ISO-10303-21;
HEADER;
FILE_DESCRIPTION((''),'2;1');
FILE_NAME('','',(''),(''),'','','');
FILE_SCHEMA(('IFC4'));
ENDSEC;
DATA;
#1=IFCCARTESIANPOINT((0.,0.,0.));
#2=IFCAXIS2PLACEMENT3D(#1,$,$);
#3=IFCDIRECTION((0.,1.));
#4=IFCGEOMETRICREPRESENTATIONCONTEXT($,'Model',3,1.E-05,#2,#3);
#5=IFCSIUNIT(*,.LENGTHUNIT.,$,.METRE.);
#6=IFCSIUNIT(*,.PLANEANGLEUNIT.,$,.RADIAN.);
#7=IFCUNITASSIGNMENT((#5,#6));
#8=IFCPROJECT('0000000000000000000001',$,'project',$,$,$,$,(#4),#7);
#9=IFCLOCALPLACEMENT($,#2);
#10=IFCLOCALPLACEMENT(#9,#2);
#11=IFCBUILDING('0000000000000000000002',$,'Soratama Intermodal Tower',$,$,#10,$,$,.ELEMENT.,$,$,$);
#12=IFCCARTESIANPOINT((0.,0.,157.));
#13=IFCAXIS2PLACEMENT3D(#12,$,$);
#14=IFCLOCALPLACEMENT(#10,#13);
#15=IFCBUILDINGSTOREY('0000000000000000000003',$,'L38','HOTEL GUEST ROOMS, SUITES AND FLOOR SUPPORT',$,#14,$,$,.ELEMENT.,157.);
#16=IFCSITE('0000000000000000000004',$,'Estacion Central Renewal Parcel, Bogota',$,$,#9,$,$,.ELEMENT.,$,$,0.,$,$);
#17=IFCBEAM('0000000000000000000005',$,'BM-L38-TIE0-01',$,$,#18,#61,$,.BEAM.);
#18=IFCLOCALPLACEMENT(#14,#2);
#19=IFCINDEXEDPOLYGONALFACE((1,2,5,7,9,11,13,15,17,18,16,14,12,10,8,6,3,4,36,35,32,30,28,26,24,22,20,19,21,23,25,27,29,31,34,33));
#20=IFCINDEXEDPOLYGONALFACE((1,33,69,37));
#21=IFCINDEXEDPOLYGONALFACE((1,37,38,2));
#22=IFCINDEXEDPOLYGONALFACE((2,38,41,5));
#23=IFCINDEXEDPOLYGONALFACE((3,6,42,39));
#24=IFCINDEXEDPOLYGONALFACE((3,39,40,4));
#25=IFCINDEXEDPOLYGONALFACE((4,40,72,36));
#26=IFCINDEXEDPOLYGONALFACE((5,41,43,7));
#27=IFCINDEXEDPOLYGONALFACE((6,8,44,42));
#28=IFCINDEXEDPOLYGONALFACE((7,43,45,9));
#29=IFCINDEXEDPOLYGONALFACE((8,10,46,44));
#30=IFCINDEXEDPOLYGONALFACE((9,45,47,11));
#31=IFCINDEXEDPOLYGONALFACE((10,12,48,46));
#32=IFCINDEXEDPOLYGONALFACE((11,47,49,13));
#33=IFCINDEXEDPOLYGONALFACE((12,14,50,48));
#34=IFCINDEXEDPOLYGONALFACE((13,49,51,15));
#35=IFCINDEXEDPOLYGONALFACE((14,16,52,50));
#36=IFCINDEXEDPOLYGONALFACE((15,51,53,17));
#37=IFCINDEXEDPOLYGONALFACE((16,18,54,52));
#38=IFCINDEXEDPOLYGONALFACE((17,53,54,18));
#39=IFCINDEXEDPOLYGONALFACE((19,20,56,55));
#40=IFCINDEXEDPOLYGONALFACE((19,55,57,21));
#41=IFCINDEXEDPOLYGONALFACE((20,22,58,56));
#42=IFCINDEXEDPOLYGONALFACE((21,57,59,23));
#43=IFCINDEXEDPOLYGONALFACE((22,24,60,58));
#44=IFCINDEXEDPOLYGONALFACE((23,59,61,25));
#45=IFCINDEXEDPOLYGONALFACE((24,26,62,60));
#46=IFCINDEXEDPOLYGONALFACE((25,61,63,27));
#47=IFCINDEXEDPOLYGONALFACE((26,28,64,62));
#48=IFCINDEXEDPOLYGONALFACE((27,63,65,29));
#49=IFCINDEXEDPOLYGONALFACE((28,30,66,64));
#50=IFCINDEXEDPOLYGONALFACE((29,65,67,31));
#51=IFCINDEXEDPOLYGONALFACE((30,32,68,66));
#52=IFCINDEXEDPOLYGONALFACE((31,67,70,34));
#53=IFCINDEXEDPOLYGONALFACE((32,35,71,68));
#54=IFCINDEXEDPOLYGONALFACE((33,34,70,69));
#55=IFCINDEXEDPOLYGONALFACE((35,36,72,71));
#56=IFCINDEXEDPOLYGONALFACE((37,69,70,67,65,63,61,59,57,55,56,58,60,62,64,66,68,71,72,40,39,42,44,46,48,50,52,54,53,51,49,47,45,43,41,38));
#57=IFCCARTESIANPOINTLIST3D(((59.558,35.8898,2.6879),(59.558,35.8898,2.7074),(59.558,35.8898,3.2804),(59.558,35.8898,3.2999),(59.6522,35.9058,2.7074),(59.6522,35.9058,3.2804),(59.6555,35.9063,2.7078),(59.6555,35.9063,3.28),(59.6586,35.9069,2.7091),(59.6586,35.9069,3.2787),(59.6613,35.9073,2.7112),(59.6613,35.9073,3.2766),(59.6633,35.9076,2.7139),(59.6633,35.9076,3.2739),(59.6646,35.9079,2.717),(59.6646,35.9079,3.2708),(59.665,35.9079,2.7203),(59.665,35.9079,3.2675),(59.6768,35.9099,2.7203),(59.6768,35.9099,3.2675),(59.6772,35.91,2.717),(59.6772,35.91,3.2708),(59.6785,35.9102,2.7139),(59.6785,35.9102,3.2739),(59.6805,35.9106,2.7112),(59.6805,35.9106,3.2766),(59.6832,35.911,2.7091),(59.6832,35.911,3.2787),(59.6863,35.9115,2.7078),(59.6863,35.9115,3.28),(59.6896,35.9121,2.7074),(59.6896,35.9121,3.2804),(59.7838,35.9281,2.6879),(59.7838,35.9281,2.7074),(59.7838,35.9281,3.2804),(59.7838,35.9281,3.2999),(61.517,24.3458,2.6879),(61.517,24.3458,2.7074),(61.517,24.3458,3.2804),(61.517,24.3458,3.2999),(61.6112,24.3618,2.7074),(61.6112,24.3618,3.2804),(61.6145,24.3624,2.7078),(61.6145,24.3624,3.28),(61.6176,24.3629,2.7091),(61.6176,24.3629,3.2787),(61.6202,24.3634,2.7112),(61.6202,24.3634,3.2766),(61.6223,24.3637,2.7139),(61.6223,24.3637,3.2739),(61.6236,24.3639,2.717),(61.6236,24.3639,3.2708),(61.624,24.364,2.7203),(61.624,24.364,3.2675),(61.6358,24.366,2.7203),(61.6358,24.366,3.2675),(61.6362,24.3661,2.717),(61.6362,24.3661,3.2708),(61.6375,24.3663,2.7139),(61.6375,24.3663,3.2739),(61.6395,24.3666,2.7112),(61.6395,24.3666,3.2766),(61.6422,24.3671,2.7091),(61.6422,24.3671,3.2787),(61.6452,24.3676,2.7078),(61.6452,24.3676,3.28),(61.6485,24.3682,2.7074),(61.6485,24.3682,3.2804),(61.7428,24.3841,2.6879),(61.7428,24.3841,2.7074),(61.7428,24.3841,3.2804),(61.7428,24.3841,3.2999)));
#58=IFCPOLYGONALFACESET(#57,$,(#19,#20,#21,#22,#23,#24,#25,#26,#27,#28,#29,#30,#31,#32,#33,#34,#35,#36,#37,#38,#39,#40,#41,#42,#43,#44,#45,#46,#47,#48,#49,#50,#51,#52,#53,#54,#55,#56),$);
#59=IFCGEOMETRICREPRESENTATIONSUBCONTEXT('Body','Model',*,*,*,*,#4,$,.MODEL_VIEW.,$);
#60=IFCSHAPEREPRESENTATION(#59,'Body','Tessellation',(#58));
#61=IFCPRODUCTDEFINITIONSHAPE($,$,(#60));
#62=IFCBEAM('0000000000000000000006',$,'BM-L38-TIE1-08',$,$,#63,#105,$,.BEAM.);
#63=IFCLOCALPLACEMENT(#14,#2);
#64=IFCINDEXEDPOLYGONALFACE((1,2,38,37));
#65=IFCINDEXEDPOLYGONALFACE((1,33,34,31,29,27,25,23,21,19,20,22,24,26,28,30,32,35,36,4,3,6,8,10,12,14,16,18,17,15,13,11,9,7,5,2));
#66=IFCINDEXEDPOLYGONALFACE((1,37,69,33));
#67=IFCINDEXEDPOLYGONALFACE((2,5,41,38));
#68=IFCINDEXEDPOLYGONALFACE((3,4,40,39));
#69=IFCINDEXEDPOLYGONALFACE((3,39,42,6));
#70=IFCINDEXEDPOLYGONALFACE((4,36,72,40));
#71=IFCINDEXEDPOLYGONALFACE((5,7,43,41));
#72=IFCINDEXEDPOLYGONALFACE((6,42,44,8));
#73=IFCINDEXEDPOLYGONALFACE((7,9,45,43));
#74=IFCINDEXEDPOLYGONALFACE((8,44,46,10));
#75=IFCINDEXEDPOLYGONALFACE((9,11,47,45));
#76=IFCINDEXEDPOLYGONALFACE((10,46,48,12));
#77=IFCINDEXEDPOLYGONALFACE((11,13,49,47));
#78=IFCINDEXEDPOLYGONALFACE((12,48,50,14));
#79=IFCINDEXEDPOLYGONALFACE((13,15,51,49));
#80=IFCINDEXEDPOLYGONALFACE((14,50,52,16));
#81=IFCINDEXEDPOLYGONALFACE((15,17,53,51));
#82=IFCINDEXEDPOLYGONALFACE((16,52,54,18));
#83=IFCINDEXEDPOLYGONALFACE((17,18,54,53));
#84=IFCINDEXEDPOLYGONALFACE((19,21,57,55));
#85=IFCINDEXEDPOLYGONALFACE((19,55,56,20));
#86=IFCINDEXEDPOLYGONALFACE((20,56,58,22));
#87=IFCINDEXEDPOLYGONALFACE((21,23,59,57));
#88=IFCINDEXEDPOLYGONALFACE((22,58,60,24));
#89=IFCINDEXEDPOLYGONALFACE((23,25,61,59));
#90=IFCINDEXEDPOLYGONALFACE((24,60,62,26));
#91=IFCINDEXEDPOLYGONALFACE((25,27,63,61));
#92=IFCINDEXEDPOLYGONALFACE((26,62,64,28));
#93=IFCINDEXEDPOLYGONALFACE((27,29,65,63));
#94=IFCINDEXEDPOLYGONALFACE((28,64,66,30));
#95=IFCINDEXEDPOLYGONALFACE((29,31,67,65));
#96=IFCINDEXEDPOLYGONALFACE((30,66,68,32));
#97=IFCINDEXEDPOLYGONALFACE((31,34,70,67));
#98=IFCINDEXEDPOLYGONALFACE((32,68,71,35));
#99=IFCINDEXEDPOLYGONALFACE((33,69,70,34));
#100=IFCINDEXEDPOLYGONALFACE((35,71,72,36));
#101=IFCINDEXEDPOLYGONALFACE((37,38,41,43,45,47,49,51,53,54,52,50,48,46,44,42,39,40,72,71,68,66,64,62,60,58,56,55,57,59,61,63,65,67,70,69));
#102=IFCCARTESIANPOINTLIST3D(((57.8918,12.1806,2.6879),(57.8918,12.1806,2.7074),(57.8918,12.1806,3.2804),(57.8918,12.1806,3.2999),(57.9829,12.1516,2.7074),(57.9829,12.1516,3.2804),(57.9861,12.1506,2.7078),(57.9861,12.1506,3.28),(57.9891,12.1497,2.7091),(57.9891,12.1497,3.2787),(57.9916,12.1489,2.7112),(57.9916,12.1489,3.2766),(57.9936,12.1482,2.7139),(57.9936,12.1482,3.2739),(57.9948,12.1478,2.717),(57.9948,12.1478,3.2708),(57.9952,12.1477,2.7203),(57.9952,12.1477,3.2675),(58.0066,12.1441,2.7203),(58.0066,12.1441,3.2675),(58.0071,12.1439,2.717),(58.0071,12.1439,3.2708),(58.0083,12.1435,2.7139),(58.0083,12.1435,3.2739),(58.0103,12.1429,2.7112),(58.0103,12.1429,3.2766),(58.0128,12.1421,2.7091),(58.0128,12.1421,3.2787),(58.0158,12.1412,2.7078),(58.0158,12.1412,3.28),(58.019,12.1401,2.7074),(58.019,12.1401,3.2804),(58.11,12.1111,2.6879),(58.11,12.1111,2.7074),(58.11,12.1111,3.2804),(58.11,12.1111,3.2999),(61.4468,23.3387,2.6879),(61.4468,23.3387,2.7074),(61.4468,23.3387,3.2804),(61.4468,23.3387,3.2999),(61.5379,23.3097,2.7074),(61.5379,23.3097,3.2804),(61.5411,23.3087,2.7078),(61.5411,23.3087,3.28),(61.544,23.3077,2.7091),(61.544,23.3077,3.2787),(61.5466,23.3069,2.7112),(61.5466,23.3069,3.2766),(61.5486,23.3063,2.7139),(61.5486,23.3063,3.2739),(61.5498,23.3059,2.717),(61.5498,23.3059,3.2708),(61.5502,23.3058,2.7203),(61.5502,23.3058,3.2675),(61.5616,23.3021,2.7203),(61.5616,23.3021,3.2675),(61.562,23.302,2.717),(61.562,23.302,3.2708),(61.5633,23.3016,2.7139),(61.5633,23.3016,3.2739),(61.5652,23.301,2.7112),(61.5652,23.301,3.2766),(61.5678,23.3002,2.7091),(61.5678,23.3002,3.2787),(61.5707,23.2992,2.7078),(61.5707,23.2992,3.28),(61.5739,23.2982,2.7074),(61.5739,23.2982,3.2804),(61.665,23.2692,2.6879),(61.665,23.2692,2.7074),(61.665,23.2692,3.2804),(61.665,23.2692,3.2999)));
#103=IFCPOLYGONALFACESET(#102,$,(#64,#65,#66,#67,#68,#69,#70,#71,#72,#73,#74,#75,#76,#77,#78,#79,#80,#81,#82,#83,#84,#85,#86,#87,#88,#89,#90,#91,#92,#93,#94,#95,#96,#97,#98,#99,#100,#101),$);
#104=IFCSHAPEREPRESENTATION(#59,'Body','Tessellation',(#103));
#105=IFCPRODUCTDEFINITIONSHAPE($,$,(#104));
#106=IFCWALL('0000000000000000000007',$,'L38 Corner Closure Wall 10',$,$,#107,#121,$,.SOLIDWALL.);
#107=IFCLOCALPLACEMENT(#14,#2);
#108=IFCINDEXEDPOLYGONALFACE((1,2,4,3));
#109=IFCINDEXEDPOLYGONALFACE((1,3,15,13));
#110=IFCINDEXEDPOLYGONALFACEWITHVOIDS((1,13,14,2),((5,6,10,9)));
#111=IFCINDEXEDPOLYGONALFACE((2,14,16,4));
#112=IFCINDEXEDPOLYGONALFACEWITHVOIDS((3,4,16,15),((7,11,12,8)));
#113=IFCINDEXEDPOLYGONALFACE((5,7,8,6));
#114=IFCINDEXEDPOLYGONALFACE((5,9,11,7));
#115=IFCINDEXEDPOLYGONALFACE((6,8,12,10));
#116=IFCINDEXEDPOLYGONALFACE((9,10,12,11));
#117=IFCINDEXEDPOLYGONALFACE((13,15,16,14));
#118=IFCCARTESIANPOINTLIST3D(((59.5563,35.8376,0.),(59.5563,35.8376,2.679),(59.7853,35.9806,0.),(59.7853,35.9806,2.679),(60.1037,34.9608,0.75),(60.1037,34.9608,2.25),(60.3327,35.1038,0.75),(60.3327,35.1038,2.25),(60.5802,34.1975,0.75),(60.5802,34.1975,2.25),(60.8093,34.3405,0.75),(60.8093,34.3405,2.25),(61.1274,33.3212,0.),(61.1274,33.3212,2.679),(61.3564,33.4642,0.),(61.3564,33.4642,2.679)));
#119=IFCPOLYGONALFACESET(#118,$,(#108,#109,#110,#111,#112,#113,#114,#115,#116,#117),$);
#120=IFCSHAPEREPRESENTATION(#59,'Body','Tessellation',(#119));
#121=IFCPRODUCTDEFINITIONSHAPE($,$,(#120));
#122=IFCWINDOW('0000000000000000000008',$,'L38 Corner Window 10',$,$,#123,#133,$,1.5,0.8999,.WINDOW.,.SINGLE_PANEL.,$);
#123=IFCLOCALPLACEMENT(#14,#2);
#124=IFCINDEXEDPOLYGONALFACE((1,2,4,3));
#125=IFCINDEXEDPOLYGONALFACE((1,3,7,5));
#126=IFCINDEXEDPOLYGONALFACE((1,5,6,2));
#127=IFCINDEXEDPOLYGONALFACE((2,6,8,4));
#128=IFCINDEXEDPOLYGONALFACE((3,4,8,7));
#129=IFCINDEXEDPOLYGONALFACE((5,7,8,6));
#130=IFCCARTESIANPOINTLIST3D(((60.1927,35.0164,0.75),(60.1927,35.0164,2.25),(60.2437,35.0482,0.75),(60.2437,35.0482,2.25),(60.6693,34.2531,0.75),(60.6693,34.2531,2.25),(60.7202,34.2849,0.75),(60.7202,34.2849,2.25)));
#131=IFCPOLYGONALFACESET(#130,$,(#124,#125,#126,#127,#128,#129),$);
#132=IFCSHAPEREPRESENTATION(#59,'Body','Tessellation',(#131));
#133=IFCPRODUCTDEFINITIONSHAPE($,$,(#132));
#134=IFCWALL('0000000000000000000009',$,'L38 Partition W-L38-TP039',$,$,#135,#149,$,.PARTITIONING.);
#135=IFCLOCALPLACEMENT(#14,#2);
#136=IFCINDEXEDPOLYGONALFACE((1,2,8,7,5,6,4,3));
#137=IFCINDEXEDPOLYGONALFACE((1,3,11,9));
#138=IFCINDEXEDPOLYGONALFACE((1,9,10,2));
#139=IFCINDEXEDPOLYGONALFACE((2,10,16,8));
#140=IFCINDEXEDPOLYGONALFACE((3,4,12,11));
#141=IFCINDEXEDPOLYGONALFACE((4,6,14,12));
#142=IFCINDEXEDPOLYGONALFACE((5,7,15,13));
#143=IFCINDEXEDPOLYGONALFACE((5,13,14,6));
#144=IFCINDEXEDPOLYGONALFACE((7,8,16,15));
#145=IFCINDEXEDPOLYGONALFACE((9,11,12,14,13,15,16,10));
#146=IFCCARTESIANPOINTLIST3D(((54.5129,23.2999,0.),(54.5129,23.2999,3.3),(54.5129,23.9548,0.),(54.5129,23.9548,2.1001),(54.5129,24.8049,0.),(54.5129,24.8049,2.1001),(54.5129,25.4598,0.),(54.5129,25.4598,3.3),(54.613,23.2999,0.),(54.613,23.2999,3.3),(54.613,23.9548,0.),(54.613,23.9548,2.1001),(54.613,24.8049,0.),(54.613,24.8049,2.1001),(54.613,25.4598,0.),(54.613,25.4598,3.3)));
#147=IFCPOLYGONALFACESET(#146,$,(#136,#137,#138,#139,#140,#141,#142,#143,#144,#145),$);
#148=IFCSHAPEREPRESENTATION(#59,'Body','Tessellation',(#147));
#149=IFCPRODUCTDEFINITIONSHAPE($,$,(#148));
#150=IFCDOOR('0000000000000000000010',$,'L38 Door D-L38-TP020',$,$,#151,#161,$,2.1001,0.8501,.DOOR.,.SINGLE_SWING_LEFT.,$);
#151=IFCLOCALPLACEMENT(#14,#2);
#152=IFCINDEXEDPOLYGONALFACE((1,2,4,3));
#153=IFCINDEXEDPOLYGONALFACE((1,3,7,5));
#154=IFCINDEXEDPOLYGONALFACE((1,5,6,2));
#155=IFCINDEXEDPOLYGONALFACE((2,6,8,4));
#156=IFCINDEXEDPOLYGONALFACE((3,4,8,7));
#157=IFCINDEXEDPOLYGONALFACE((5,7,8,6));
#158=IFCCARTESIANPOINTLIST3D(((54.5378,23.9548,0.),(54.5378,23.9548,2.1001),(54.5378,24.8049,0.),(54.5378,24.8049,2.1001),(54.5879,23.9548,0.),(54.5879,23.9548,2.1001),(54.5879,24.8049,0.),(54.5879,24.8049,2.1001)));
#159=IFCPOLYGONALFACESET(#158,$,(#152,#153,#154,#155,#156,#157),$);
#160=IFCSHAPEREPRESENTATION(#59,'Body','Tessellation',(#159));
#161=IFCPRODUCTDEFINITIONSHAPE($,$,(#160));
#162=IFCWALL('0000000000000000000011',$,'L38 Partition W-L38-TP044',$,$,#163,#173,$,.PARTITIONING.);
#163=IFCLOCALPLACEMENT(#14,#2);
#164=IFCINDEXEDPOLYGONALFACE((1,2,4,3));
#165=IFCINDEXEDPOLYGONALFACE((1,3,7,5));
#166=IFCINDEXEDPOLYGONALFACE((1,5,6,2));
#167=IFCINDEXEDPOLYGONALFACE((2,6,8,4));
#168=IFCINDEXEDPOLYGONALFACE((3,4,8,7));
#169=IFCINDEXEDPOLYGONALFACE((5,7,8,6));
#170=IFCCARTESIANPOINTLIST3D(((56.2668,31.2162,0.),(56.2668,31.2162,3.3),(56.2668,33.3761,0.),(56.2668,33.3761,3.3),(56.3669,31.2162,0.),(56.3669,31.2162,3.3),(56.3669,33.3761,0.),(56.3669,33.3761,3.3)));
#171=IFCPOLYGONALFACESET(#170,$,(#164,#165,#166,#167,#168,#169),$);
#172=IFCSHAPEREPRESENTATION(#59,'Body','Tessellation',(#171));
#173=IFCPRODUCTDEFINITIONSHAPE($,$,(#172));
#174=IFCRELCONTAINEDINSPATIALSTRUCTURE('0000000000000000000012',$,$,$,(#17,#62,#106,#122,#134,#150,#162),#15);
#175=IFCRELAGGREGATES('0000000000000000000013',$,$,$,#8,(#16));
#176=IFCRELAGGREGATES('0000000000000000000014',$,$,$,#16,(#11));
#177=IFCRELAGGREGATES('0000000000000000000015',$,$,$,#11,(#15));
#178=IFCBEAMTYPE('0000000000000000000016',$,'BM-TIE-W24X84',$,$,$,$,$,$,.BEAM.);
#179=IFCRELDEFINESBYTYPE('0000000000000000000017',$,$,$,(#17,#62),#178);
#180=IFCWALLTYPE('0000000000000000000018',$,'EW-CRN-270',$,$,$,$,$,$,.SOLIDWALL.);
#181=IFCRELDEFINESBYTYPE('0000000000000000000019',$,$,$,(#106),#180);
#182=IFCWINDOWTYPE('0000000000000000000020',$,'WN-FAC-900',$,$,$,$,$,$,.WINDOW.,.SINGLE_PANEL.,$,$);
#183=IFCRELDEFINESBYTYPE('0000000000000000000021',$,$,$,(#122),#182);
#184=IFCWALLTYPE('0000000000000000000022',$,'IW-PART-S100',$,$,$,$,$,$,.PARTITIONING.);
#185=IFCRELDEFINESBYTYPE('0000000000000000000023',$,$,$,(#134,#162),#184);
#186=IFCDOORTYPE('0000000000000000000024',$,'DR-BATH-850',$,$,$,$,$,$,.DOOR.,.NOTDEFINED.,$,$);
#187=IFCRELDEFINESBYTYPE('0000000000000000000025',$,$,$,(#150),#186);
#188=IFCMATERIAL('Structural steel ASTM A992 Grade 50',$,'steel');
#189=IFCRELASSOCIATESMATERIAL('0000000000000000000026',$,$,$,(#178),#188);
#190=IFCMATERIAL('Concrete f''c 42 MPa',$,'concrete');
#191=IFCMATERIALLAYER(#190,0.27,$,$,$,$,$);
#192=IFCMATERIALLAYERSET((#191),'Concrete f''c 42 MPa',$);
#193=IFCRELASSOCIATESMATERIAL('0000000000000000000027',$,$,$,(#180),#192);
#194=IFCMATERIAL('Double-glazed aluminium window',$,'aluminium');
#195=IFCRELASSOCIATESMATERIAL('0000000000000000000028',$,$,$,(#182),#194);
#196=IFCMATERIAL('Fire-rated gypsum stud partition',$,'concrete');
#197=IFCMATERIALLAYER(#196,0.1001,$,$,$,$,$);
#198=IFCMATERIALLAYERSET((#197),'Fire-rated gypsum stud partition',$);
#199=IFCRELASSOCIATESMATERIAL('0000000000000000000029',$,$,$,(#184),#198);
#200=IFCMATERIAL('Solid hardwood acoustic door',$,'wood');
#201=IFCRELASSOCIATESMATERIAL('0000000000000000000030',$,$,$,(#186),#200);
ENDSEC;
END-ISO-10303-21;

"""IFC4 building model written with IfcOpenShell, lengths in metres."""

from ifc_helpers import new_model, si_unit, direction, frame, frame_2d, origin, origin_2d, place, context, subcontext, project, spatial, rectangle, i_section, extrude, material, layer, layer_set, material_profile, profile_set, type_object, element, fill, save


model = new_model("IFC4")

# Units and contexts
model_context = context("Model", 3, precision=1e-05, world=origin(), true_north=direction((0.0, 1.0)))
body_context = subcontext(model_context, "Body", "Model", "MODEL_VIEW")
ifc_project = project(units=[si_unit("LENGTHUNIT", "METRE"), si_unit("PLANEANGLEUNIT", "RADIAN")], contexts=[model_context])

# Site, building, storey
site_placement = place(None, origin())
site = spatial("IfcSite", under=ifc_project, at=site_placement, Name="Estacion Central Renewal Parcel, Bogota", CompositionType="ELEMENT", RefElevation=0.0)
building_placement = place(site_placement, origin())
building = spatial("IfcBuilding", under=site, at=building_placement, Name="Soratama Intermodal Tower", CompositionType="ELEMENT")
storey_placement = place(building_placement, frame((0.0, 0.0, 157.0)))
storey = spatial("IfcBuildingStorey", under=building, at=storey_placement, Name="L38", Description="HOTEL GUEST ROOMS, SUITES AND FLOOR SUPPORT", CompositionType="ELEMENT", Elevation=157.0)

# Beams
ifc_material_1 = material(Name="Structural steel ASTM A992 Grade 50", Category="steel")
ifc_material_profile_1 = material_profile(ifc_material_1, i_section(OverallWidth=0.229, OverallDepth=0.6121, WebThickness=0.012, FlangeThickness=0.0195, FilletRadius=0.0129, at=origin_2d()), Name="W24X84")
ifc_profile_set_1 = profile_set([ifc_material_profile_1], Name="Structural steel ASTM A992 Grade 50")
beam_type_1 = type_object("IfcBeamType", Name="BM-TIE-W24X84", PredefinedType="BEAM", material=ifc_profile_set_1)
beam_1_placement = place(storey_placement, frame((61.6299, 24.365, 2.9939), z_axis=(-0.167306, 0.985905, 0.0), x_axis=(-0.985905, -0.167306, 0.0)))
element("IfcBeam", 1, at=beam_1_placement, inside=storey, type_object=beam_type_1, Name="BM-L38-TIE0-01", PredefinedType="BEAM", context=body_context, shape_type="SweptSolid", body=[
    extrude(i_section(OverallWidth=0.229, OverallDepth=0.6121, WebThickness=0.012, FlangeThickness=0.0195, FilletRadius=0.0129, at=origin_2d()), origin(), (0.0, 0.0, 1.0), 11.709),
])
beam_2_placement = place(storey_placement, frame((61.5559, 23.304, 2.9939), z_axis=(-0.303566, -0.95281, 0.0), x_axis=(0.95281, -0.303566, 0.0)))
element("IfcBeam", 2, at=beam_2_placement, inside=storey, type_object=beam_type_1, Name="BM-L38-TIE1-08", PredefinedType="BEAM", context=body_context, shape_type="SweptSolid", body=[
    extrude(i_section(OverallWidth=0.229, OverallDepth=0.6121, WebThickness=0.012, FlangeThickness=0.0195, FilletRadius=0.0129, at=origin_2d()), origin(), (0.0, 0.0, 1.0), 11.7107),
])

# Wall, opening, window
ifc_material_2 = material(Name="Concrete f'c 42 MPa", Category="concrete")
ifc_layer_1 = layer(ifc_material_2, 0.27)
ifc_layer_set_1 = layer_set([ifc_layer_1], Name="Concrete f'c 42 MPa")
wall_type_1 = type_object("IfcWallType", Name="EW-CRN-270", PredefinedType="SOLIDWALL", material=ifc_layer_set_1)
wall_1_placement = place(storey_placement, frame((61.2419, 33.3926, 0.0), z_axis=(0.0, 0.0, 1.0), x_axis=(-0.529592, 0.848253, 0.0)))
wall_1 = element("IfcWall", 3, at=wall_1_placement, inside=storey, type_object=wall_type_1, Name="L38 Corner Closure Wall 10", PredefinedType="SOLIDWALL", context=body_context, shape_type="SweptSolid", body=[
    extrude(rectangle(XDim=2.9666, YDim=0.27, at=frame_2d((1.4834, 0.0))), origin(), (0.0, 0.0, 1.0), 2.679),
])
opening_1_placement = place(wall_1_placement, frame((1.0332, 0.0, 0.75)))
opening_1 = element("IfcOpeningElement", 4, at=opening_1_placement, cuts=wall_1, PredefinedType="OPENING", context=body_context, shape_type="SweptSolid", body=[
    extrude(rectangle(XDim=0.8999, YDim=1.5, at=frame_2d((0.45, 0.75))), frame((0.0, 0.145, 0.0), z_axis=(0.0, -1.0, 0.0), x_axis=(1.0, 0.0, 0.0)), (0.0, 0.0, 1.0), 0.29),
])
ifc_material_3 = material(Name="Double-glazed aluminium window", Category="aluminium")
window_type_1 = type_object("IfcWindowType", Name="WN-FAC-900", PartitioningType="SINGLE_PANEL", PredefinedType="WINDOW", material=ifc_material_3)
window_1_placement = place(opening_1_placement, origin())
window_1 = element("IfcWindow", 5, at=window_1_placement, inside=storey, type_object=window_type_1, Name="L38 Corner Window 10", OverallHeight=1.5, OverallWidth=0.8999, PartitioningType="SINGLE_PANEL", PredefinedType="WINDOW", context=body_context, shape_type="SweptSolid", body=[
    extrude(rectangle(XDim=0.8999, YDim=1.5, at=frame_2d((0.45, 0.75))), frame((0.0, 0.03, 0.0), z_axis=(0.0, -1.0, 0.0), x_axis=(1.0, 0.0, 0.0)), (0.0, 0.0, 1.0), 0.0601),
])
fill(opening_1, window_1)

# Wall, opening, door
ifc_material_4 = material(Name="Fire-rated gypsum stud partition", Category="concrete")
ifc_layer_2 = layer(ifc_material_4, 0.1001)
ifc_layer_set_2 = layer_set([ifc_layer_2], Name="Fire-rated gypsum stud partition")
wall_type_2 = type_object("IfcWallType", Name="IW-PART-S100", PredefinedType="PARTITIONING", material=ifc_layer_set_2)
wall_2_placement = place(storey_placement, frame((54.563, 25.46, 0.0), z_axis=(0.0, 0.0, 1.0), x_axis=(0.0, -1.0, 0.0)))
wall_2 = element("IfcWall", 6, at=wall_2_placement, inside=storey, type_object=wall_type_2, Name="L38 Partition W-L38-TP039", PredefinedType="PARTITIONING", context=body_context, shape_type="SweptSolid", body=[
    extrude(rectangle(XDim=2.1599, YDim=0.1001, at=frame_2d((1.0801, 0.0))), origin(), (0.0, 0.0, 1.0), 3.3),
])
opening_2_placement = place(wall_2_placement, frame((0.655, 0.0, 0.0)))
opening_2 = element("IfcOpeningElement", 7, at=opening_2_placement, cuts=wall_2, PredefinedType="OPENING", context=body_context, shape_type="SweptSolid", body=[
    extrude(rectangle(XDim=0.8501, YDim=2.1001, at=frame_2d((0.425, 1.05))), frame((0.0, 0.0601, 0.0), z_axis=(0.0, -1.0, 0.0), x_axis=(1.0, 0.0, 0.0)), (0.0, 0.0, 1.0), 0.1201),
])
ifc_material_5 = material(Name="Solid hardwood acoustic door", Category="wood")
door_type_1 = type_object("IfcDoorType", Name="DR-BATH-850", OperationType="NOTDEFINED", PredefinedType="DOOR", material=ifc_material_5)
door_1_placement = place(opening_2_placement, origin())
door_1 = element("IfcDoor", 8, at=door_1_placement, inside=storey, type_object=door_type_1, Name="L38 Door D-L38-TP020", OperationType="SINGLE_SWING_LEFT", OverallHeight=2.1001, OverallWidth=0.8501, PredefinedType="DOOR", context=body_context, shape_type="SweptSolid", body=[
    extrude(rectangle(XDim=0.8501, YDim=2.1001, at=frame_2d((0.425, 1.05))), frame((0.0, 0.0249, 0.0), z_axis=(0.0, -1.0, 0.0), x_axis=(1.0, 0.0, 0.0)), (0.0, 0.0, 1.0), 0.05),
])
fill(opening_2, door_1)

# Wall
wall_3_placement = place(storey_placement, frame((56.3169, 31.2161, 0.0), z_axis=(0.0, 0.0, 1.0), x_axis=(0.0, 1.0, 0.0)))
element("IfcWall", 9, at=wall_3_placement, inside=storey, type_object=wall_type_2, Name="L38 Partition W-L38-TP044", PredefinedType="PARTITIONING", context=body_context, shape_type="SweptSolid", body=[
    extrude(rectangle(XDim=2.1599, YDim=0.1001, at=frame_2d((1.0801, 0.0))), origin(), (0.0, 0.0, 1.0), 3.3),
])

save(model, "model.ifc")
